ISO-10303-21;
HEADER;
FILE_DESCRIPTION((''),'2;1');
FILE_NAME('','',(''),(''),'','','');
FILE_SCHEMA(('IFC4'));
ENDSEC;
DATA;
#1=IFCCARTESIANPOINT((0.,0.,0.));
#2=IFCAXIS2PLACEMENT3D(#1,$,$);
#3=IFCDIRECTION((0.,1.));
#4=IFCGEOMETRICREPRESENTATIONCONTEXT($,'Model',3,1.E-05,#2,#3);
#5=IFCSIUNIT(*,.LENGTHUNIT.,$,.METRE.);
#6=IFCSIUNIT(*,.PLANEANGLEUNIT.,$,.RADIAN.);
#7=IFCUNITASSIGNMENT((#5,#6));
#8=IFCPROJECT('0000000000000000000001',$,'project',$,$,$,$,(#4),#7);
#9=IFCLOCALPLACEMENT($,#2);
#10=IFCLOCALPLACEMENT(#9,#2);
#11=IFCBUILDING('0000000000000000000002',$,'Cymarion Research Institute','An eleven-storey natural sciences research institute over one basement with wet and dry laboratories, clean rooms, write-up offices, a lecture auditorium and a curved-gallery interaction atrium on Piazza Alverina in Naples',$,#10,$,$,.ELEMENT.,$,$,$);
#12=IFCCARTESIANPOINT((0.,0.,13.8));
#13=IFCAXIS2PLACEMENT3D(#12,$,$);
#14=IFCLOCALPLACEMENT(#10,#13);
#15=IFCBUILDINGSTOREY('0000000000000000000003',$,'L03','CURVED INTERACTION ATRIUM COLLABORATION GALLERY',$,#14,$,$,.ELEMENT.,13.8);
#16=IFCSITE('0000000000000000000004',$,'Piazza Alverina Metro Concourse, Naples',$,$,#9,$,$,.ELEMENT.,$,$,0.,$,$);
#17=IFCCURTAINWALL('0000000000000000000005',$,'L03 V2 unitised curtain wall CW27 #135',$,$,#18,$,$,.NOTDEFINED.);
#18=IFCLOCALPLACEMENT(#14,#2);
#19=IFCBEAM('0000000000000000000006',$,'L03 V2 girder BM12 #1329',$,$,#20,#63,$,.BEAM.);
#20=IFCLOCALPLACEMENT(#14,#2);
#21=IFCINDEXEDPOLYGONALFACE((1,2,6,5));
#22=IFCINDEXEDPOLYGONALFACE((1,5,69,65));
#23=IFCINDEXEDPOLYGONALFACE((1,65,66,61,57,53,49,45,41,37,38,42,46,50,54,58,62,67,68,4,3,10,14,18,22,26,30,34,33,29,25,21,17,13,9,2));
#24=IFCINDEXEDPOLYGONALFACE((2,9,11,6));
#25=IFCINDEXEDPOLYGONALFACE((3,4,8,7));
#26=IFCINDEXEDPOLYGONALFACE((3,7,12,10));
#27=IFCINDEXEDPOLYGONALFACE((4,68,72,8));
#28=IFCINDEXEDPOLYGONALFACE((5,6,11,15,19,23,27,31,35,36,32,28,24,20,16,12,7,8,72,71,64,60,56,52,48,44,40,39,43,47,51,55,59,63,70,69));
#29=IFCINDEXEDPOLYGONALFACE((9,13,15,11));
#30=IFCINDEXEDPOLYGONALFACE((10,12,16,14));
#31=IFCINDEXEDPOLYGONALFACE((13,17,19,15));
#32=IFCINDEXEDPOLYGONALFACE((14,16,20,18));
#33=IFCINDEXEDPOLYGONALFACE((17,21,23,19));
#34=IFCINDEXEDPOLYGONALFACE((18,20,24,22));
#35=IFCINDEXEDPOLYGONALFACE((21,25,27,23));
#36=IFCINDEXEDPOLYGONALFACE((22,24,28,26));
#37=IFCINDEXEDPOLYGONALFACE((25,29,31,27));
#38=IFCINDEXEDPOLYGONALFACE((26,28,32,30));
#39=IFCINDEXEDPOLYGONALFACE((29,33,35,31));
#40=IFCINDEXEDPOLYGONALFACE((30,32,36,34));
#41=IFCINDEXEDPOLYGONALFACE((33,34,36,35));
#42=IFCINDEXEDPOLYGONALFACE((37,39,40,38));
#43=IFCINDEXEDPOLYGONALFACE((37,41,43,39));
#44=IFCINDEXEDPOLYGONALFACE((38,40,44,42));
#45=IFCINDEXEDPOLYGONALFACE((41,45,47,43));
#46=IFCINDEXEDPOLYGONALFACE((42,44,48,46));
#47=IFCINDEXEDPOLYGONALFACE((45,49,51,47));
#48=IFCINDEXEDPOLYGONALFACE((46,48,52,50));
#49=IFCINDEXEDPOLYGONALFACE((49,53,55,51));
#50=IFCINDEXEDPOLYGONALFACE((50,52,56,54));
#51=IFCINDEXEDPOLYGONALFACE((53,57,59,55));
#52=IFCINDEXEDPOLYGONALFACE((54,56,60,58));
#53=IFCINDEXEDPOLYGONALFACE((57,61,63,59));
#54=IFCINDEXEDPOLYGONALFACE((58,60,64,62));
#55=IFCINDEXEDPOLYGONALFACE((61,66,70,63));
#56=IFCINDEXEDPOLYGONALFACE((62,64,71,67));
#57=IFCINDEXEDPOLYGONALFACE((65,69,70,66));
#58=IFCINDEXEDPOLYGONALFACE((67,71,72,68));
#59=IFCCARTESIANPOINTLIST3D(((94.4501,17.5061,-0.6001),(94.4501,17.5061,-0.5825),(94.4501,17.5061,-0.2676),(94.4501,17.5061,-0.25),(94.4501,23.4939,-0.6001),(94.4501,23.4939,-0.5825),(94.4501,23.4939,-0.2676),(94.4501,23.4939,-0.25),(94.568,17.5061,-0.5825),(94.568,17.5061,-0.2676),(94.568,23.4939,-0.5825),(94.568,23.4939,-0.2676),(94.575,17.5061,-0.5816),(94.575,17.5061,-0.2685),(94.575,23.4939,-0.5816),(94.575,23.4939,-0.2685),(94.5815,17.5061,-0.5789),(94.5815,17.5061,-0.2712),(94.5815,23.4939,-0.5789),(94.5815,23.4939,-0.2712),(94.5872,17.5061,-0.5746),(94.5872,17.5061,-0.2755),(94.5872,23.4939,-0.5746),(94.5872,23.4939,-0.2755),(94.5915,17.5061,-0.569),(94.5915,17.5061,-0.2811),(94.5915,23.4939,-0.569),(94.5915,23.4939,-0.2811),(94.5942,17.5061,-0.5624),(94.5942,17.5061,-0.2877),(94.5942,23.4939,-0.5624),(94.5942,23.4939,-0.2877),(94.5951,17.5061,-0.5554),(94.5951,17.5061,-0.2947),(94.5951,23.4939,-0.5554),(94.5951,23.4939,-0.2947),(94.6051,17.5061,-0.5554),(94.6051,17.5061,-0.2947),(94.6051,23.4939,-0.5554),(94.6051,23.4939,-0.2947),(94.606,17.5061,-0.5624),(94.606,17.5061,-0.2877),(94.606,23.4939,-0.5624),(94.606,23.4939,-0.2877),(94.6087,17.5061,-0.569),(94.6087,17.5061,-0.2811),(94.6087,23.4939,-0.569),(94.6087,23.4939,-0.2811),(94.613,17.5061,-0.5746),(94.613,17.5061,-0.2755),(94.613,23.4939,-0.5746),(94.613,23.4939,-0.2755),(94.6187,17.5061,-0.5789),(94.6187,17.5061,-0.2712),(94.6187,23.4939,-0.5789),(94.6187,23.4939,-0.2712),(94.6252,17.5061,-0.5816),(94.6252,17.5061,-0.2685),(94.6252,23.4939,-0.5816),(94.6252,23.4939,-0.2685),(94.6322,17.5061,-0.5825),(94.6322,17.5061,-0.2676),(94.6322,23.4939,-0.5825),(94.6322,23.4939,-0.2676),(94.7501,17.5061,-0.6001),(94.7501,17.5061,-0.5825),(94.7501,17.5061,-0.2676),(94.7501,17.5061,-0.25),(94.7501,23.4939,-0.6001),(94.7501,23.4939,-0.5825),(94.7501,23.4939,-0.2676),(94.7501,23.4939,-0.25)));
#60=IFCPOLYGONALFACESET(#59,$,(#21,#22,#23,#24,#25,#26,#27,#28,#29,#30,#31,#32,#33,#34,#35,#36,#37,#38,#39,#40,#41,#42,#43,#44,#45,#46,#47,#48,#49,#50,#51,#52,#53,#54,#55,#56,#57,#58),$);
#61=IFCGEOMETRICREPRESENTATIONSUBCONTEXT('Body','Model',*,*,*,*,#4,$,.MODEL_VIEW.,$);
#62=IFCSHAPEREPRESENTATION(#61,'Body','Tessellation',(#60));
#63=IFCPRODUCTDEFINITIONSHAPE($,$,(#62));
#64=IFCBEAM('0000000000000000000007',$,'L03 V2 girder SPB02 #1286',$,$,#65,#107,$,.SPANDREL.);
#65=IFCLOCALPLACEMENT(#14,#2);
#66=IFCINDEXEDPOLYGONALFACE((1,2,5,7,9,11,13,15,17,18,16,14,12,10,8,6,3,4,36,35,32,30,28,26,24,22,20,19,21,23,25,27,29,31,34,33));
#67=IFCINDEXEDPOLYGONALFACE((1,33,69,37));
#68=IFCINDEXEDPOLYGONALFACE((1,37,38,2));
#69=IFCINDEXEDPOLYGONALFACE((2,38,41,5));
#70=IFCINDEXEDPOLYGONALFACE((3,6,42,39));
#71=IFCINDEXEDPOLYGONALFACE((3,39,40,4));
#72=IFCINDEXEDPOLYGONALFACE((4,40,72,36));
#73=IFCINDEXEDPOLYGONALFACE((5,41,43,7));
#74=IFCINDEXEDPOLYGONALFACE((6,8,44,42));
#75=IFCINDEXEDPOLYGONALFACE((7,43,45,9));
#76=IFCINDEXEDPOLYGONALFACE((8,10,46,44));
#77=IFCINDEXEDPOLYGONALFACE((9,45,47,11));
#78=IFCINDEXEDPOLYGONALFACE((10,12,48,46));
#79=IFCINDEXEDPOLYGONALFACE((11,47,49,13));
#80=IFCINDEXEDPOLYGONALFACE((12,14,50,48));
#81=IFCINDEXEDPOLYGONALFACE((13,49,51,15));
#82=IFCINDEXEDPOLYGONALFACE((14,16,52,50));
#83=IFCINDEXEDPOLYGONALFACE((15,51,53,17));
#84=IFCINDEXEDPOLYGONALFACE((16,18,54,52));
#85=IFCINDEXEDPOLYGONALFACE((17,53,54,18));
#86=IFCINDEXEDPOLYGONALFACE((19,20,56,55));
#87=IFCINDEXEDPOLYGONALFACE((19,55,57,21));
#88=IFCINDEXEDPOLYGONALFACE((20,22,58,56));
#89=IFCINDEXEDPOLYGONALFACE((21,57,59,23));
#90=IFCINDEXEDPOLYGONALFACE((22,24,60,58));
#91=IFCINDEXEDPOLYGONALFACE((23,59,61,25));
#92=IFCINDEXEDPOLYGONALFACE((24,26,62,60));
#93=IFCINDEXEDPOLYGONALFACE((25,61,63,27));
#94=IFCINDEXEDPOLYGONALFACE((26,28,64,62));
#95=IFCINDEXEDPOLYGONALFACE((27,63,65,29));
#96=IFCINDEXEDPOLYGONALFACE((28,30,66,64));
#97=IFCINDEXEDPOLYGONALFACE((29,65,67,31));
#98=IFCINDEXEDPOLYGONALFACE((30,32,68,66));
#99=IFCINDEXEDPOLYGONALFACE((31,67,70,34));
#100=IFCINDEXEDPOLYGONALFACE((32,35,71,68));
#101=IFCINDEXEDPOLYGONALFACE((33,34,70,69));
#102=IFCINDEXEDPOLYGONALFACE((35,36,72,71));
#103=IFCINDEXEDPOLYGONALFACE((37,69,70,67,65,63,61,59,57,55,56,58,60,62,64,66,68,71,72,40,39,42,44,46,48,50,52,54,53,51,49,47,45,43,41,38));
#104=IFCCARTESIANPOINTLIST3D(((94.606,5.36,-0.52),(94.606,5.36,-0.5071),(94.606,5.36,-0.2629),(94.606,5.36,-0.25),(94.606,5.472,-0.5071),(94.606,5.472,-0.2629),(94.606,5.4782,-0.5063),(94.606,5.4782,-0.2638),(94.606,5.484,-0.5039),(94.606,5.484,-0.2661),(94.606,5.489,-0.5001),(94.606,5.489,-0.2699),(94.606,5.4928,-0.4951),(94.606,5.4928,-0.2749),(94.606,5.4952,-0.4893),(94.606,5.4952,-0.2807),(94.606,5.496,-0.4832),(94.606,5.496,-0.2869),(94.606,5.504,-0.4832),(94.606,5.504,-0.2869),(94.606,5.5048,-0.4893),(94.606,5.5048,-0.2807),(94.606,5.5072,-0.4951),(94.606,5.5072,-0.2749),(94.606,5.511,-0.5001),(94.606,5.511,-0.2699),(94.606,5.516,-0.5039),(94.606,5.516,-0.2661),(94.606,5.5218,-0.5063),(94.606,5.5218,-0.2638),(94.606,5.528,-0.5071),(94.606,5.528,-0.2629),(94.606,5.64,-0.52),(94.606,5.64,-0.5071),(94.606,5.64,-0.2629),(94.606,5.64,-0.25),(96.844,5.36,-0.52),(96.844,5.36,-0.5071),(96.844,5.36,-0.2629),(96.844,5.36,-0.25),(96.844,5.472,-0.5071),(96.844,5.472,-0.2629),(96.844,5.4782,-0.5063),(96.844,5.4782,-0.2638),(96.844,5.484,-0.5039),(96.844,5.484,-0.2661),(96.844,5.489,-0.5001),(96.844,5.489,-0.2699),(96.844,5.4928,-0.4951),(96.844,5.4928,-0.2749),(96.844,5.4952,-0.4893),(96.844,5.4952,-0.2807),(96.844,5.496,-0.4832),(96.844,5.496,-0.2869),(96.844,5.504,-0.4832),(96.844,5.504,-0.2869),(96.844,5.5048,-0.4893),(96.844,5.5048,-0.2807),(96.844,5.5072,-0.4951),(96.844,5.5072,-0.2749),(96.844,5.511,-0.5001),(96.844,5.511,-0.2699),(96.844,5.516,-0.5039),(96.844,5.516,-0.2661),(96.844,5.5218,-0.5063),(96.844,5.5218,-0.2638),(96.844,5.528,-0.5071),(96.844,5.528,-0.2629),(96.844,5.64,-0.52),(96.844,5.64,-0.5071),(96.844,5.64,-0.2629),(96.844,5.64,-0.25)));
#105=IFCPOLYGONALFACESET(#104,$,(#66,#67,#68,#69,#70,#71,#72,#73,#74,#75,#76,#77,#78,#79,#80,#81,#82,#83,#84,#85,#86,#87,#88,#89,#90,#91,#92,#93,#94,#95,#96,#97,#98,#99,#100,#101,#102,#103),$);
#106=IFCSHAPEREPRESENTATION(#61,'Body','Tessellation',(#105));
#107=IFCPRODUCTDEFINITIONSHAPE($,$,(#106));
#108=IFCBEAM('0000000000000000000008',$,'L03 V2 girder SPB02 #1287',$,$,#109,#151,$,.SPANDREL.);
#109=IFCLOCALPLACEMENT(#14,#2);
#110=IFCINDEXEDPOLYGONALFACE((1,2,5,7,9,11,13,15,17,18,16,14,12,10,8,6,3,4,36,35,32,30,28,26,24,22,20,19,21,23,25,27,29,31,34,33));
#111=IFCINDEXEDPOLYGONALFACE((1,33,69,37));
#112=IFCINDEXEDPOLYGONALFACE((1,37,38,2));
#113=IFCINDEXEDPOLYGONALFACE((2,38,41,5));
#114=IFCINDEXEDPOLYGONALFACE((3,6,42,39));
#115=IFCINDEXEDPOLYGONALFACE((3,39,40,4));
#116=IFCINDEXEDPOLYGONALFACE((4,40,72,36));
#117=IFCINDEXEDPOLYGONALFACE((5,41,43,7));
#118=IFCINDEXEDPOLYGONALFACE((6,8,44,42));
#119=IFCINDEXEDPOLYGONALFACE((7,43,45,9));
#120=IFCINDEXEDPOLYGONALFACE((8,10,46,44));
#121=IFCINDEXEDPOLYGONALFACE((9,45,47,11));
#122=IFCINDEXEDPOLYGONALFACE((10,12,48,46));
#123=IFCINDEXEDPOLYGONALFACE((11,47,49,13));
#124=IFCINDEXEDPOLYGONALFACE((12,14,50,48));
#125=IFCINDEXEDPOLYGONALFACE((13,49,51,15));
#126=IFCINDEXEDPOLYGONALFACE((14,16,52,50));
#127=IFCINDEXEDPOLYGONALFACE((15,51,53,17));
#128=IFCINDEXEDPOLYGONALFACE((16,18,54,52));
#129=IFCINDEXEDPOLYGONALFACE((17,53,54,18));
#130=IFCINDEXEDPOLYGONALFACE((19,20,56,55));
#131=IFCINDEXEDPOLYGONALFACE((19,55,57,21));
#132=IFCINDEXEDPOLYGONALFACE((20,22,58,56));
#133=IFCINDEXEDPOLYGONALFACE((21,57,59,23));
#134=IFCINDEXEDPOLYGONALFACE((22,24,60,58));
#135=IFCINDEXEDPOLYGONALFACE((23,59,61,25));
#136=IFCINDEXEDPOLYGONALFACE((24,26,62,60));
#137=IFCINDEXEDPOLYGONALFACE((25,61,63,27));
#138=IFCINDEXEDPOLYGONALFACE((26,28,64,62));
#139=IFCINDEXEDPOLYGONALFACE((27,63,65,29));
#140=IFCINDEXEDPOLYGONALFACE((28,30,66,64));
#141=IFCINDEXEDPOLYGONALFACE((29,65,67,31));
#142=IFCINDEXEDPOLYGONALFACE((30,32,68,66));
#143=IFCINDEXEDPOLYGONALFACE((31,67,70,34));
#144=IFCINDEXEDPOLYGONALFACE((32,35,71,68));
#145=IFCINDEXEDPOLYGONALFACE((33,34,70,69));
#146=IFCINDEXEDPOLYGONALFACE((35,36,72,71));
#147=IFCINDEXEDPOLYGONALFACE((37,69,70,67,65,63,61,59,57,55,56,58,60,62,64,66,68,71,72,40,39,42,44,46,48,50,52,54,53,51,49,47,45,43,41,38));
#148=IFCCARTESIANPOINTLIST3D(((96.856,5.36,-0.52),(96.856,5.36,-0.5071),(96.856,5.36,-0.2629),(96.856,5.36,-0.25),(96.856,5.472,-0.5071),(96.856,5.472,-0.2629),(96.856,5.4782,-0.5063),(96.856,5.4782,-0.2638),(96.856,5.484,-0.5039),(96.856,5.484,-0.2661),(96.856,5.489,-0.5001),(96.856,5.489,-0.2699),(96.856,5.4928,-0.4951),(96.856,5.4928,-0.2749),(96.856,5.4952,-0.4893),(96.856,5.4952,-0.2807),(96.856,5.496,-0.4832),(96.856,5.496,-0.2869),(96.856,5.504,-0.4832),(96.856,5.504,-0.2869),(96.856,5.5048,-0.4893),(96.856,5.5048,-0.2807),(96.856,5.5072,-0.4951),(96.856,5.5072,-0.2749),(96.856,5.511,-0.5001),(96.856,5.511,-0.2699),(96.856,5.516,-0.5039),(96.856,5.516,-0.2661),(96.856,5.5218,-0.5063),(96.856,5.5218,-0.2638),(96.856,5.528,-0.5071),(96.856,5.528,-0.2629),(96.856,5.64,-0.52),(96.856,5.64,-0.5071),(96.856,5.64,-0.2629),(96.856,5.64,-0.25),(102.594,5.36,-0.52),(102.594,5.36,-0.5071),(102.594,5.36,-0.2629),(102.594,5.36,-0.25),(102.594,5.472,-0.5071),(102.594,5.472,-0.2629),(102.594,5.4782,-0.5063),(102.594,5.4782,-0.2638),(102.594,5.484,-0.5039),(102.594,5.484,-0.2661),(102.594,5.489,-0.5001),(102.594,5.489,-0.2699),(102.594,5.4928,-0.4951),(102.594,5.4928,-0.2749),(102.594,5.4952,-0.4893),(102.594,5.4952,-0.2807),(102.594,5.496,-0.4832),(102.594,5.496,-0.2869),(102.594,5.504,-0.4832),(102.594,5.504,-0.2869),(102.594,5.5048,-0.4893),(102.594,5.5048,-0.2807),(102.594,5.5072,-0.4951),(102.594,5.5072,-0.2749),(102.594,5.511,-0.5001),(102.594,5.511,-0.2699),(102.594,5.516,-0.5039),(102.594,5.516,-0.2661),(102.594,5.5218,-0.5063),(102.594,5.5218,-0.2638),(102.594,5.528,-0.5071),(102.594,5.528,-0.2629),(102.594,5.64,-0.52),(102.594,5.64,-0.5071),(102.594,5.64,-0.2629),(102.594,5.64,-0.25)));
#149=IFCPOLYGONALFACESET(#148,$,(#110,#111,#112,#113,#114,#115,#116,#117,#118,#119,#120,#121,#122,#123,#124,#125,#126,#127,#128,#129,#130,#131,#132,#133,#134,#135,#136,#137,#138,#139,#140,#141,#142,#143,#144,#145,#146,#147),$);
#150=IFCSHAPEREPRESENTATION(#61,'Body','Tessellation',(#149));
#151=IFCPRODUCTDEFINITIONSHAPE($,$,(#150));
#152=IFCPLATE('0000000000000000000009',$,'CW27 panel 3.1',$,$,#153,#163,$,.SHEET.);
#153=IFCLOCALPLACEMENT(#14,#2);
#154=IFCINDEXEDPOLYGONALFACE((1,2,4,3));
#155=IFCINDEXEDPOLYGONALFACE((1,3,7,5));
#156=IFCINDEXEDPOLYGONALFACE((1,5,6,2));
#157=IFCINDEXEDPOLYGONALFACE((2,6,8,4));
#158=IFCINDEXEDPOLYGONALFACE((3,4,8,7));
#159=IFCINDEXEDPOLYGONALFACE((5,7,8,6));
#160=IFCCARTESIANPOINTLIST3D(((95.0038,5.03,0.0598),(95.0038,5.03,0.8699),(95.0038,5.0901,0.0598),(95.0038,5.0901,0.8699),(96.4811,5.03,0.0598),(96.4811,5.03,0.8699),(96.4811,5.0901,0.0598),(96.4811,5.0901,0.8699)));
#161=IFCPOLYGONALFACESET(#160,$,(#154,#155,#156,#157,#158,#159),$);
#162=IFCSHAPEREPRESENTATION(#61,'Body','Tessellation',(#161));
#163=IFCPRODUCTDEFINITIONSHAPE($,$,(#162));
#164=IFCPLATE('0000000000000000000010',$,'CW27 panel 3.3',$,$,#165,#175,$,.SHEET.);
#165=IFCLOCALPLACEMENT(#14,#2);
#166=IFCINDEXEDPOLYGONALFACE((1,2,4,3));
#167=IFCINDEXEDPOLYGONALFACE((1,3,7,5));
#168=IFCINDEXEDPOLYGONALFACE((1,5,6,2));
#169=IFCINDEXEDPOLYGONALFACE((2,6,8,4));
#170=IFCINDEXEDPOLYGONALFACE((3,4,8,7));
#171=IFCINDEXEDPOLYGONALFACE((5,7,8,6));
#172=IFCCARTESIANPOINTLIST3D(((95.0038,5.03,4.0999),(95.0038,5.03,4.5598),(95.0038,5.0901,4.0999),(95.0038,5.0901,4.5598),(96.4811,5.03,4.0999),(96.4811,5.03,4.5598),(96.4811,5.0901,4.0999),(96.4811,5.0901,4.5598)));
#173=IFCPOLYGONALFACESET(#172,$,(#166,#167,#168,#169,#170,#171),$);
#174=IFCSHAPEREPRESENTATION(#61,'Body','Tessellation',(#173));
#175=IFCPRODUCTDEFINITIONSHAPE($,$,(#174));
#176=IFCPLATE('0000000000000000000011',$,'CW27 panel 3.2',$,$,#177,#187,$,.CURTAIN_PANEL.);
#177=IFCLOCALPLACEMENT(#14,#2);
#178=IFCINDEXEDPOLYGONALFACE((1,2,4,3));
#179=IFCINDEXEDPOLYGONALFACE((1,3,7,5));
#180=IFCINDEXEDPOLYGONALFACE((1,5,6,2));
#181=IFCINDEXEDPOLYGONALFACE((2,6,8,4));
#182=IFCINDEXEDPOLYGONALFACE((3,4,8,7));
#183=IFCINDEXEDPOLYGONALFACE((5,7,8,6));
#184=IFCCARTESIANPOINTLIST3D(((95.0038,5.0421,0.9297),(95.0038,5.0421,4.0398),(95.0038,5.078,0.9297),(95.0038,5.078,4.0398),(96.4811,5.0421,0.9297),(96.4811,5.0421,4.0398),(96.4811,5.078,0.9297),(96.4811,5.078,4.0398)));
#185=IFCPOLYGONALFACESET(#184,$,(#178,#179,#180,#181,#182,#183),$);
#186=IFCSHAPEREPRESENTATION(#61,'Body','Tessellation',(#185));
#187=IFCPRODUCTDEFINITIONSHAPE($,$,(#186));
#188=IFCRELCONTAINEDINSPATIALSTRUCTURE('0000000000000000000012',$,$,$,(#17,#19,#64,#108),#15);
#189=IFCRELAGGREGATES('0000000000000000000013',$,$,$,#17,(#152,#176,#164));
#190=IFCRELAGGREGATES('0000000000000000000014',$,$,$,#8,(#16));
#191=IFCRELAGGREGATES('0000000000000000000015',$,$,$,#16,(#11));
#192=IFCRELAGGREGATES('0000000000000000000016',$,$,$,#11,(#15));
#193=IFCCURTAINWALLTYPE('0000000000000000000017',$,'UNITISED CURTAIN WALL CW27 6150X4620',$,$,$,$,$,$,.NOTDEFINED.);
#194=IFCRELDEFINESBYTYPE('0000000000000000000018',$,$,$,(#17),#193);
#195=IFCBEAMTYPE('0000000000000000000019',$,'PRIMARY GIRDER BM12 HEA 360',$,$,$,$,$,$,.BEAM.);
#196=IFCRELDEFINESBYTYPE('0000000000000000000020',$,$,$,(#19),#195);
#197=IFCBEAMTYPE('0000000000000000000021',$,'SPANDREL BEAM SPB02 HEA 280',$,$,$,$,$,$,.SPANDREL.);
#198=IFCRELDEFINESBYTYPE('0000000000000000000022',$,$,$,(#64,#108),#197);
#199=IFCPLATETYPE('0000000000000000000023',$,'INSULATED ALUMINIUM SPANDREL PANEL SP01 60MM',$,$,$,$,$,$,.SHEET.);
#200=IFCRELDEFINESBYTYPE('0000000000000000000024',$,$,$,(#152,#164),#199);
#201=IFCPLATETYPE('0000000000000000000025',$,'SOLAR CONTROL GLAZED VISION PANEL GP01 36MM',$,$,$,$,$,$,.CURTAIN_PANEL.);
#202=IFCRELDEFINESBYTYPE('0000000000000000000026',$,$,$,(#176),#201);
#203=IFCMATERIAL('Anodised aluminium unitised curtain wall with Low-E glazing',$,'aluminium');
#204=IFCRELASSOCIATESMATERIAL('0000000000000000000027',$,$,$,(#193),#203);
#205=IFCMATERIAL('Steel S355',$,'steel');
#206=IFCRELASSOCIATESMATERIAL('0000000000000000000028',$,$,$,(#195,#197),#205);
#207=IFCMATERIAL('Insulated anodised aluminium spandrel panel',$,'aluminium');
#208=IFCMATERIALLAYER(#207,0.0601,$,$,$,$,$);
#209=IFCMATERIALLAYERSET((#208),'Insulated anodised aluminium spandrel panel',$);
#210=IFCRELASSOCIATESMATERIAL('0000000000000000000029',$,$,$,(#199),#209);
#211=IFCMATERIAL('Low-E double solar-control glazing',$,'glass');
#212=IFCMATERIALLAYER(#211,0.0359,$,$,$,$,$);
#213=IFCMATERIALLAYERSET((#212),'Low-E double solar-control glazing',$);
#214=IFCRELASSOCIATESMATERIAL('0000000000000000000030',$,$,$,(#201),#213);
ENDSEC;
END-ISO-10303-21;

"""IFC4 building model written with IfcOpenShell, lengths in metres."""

from ifc_helpers import new_model, si_unit, direction, frame, origin, origin_2d, place, context, subcontext, project, spatial, rectangle, i_section, extrude, material, layer, layer_set, material_profile, profile_set, type_object, element, aggregate, save


model = new_model("IFC4")

# Units and contexts
model_context = context("Model", 3, precision=1e-05, world=origin(), true_north=direction((0.0, 1.0)))
body_context = subcontext(model_context, "Body", "Model", "MODEL_VIEW")
ifc_project = project(units=[si_unit("LENGTHUNIT", "METRE"), si_unit("PLANEANGLEUNIT", "RADIAN")], contexts=[model_context])

# Site, building, storey
site_placement = place(None, origin())
site = spatial("IfcSite", under=ifc_project, at=site_placement, Name="Piazza Alverina Metro Concourse, Naples", CompositionType="ELEMENT", RefElevation=0.0)
building_placement = place(site_placement, origin())
building = spatial("IfcBuilding", under=site, at=building_placement, Name="Cymarion Research Institute", Description="An eleven-storey natural sciences research institute over one basement with wet and dry laboratories, clean rooms, write-up offices, a lecture auditorium and a curved-gallery interaction atrium on Piazza Alverina in Naples", CompositionType="ELEMENT")
storey_placement = place(building_placement, frame((0.0, 0.0, 13.8)))
storey = spatial("IfcBuildingStorey", under=building, at=storey_placement, Name="L03", Description="CURVED INTERACTION ATRIUM COLLABORATION GALLERY", CompositionType="ELEMENT", Elevation=13.8)

# Shared definitions
ifc_material_1 = material(Name="Steel S355", Category="steel")

# Curtain wall
ifc_material_2 = material(Name="Anodised aluminium unitised curtain wall with Low-E glazing", Category="aluminium")
curtain_wall_type = type_object("IfcCurtainWallType", Name="UNITISED CURTAIN WALL CW27 6150X4620", PredefinedType="NOTDEFINED", material=ifc_material_2)
curtain_wall_placement = place(storey_placement, origin())
curtain_wall = element("IfcCurtainWall", 1, at=curtain_wall_placement, inside=storey, type_object=curtain_wall_type, Name="L03 V2 unitised curtain wall CW27 #135", PredefinedType="NOTDEFINED")

# Beams
ifc_material_profile_1 = material_profile(ifc_material_1, i_section(OverallWidth=0.3, OverallDepth=0.3501, WebThickness=0.01, FlangeThickness=0.0176, FilletRadius=0.0271, at=origin_2d()), Name="HEA 360")
ifc_profile_set_1 = profile_set([ifc_material_profile_1], Name="Steel S355")
beam_type_1 = type_object("IfcBeamType", Name="PRIMARY GIRDER BM12 HEA 360", PredefinedType="BEAM", material=ifc_profile_set_1)
for number, where, z_axis, x_axis, name in (
    (2, (94.6001, 17.5061, -0.425), (0.0, 1.0, 0.0), (-1.0, 0.0, 0.0), "L03 V2 girder BM12 #1329"),
):
    element("IfcBeam", number, at=place(storey_placement, frame(where, z_axis=z_axis, x_axis=x_axis)), inside=storey, type_object=beam_type_1, Name=name, PredefinedType="BEAM", context=body_context, shape_type="SweptSolid", body=[
        extrude(i_section(OverallWidth=0.3, OverallDepth=0.3501, WebThickness=0.01, FlangeThickness=0.0176, FilletRadius=0.0271, at=origin_2d()), origin(), (0.0, 0.0, 1.0), 5.9878),
    ])
ifc_material_profile_2 = material_profile(ifc_material_1, i_section(OverallWidth=0.28, OverallDepth=0.27, WebThickness=0.0081, FlangeThickness=0.0129, FilletRadius=0.0239, at=origin_2d()), Name="HEA 280")
ifc_profile_set_2 = profile_set([ifc_material_profile_2], Name="Steel S355")
beam_type_2 = type_object("IfcBeamType", Name="SPANDREL BEAM SPB02 HEA 280", PredefinedType="SPANDREL", material=ifc_profile_set_2)
beam_1_placement = place(storey_placement, frame((94.606, 5.5, -0.385), z_axis=(1.0, 0.0, 0.0), x_axis=(0.0, 1.0, 0.0)))
element("IfcBeam", 3, at=beam_1_placement, inside=storey, type_object=beam_type_2, Name="L03 V2 girder SPB02 #1286", PredefinedType="SPANDREL", context=body_context, shape_type="SweptSolid", body=[
    extrude(i_section(OverallWidth=0.28, OverallDepth=0.27, WebThickness=0.0081, FlangeThickness=0.0129, FilletRadius=0.0239, at=origin_2d()), origin(), (0.0, 0.0, 1.0), 2.238),
])
beam_2_placement = place(storey_placement, frame((96.856, 5.5, -0.385), z_axis=(1.0, 0.0, 0.0), x_axis=(0.0, 1.0, 0.0)))
element("IfcBeam", 4, at=beam_2_placement, inside=storey, type_object=beam_type_2, Name="L03 V2 girder SPB02 #1287", PredefinedType="SPANDREL", context=body_context, shape_type="SweptSolid", body=[
    extrude(i_section(OverallWidth=0.28, OverallDepth=0.27, WebThickness=0.0081, FlangeThickness=0.0129, FilletRadius=0.0239, at=origin_2d()), origin(), (0.0, 0.0, 1.0), 5.738),
])

# Plates
ifc_material_3 = material(Name="Insulated anodised aluminium spandrel panel", Category="aluminium")
ifc_layer_1 = layer(ifc_material_3, 0.0601)
ifc_layer_set_1 = layer_set([ifc_layer_1], Name="Insulated anodised aluminium spandrel panel")
plate_type_1 = type_object("IfcPlateType", Name="INSULATED ALUMINIUM SPANDREL PANEL SP01 60MM", PredefinedType="SHEET", material=ifc_layer_set_1)
plate_1_placement = place(storey_placement, frame((95.7424, 5.0601, 0.0598), z_axis=(0.0, 0.0, 1.0), x_axis=(1.0, 0.0, 0.0)))
plate_1 = element("IfcPlate", 5, at=plate_1_placement, type_object=plate_type_1, Name="CW27 panel 3.1", PredefinedType="SHEET", context=body_context, shape_type="SweptSolid", body=[
    extrude(rectangle(XDim=1.4773, YDim=0.0601, at=origin_2d()), origin(), (0.0, 0.0, 1.0), 0.8101),
])
plate_2_placement = place(storey_placement, frame((95.7424, 5.0601, 4.0999), z_axis=(0.0, 0.0, 1.0), x_axis=(1.0, 0.0, 0.0)))
plate_2 = element("IfcPlate", 6, at=plate_2_placement, type_object=plate_type_1, Name="CW27 panel 3.3", PredefinedType="SHEET", context=body_context, shape_type="SweptSolid", body=[
    extrude(rectangle(XDim=1.4773, YDim=0.0601, at=origin_2d()), origin(), (0.0, 0.0, 1.0), 0.46),
])
ifc_material_4 = material(Name="Low-E double solar-control glazing", Category="glass")
ifc_layer_2 = layer(ifc_material_4, 0.0359)
ifc_layer_set_2 = layer_set([ifc_layer_2], Name="Low-E double solar-control glazing")
plate_type_2 = type_object("IfcPlateType", Name="SOLAR CONTROL GLAZED VISION PANEL GP01 36MM", PredefinedType="CURTAIN_PANEL", material=ifc_layer_set_2)
plate_3_placement = place(storey_placement, frame((95.7424, 5.0601, 0.9297), z_axis=(0.0, 0.0, 1.0), x_axis=(1.0, 0.0, 0.0)))
plate_3 = element("IfcPlate", 7, at=plate_3_placement, type_object=plate_type_2, Name="CW27 panel 3.2", PredefinedType="CURTAIN_PANEL", context=body_context, shape_type="SweptSolid", body=[
    extrude(rectangle(XDim=1.4773, YDim=0.0359, at=origin_2d()), origin(), (0.0, 0.0, 1.0), 3.1101),
])
aggregate(curtain_wall, [plate_1, plate_3, plate_2])

save(model, "model.ifc")
